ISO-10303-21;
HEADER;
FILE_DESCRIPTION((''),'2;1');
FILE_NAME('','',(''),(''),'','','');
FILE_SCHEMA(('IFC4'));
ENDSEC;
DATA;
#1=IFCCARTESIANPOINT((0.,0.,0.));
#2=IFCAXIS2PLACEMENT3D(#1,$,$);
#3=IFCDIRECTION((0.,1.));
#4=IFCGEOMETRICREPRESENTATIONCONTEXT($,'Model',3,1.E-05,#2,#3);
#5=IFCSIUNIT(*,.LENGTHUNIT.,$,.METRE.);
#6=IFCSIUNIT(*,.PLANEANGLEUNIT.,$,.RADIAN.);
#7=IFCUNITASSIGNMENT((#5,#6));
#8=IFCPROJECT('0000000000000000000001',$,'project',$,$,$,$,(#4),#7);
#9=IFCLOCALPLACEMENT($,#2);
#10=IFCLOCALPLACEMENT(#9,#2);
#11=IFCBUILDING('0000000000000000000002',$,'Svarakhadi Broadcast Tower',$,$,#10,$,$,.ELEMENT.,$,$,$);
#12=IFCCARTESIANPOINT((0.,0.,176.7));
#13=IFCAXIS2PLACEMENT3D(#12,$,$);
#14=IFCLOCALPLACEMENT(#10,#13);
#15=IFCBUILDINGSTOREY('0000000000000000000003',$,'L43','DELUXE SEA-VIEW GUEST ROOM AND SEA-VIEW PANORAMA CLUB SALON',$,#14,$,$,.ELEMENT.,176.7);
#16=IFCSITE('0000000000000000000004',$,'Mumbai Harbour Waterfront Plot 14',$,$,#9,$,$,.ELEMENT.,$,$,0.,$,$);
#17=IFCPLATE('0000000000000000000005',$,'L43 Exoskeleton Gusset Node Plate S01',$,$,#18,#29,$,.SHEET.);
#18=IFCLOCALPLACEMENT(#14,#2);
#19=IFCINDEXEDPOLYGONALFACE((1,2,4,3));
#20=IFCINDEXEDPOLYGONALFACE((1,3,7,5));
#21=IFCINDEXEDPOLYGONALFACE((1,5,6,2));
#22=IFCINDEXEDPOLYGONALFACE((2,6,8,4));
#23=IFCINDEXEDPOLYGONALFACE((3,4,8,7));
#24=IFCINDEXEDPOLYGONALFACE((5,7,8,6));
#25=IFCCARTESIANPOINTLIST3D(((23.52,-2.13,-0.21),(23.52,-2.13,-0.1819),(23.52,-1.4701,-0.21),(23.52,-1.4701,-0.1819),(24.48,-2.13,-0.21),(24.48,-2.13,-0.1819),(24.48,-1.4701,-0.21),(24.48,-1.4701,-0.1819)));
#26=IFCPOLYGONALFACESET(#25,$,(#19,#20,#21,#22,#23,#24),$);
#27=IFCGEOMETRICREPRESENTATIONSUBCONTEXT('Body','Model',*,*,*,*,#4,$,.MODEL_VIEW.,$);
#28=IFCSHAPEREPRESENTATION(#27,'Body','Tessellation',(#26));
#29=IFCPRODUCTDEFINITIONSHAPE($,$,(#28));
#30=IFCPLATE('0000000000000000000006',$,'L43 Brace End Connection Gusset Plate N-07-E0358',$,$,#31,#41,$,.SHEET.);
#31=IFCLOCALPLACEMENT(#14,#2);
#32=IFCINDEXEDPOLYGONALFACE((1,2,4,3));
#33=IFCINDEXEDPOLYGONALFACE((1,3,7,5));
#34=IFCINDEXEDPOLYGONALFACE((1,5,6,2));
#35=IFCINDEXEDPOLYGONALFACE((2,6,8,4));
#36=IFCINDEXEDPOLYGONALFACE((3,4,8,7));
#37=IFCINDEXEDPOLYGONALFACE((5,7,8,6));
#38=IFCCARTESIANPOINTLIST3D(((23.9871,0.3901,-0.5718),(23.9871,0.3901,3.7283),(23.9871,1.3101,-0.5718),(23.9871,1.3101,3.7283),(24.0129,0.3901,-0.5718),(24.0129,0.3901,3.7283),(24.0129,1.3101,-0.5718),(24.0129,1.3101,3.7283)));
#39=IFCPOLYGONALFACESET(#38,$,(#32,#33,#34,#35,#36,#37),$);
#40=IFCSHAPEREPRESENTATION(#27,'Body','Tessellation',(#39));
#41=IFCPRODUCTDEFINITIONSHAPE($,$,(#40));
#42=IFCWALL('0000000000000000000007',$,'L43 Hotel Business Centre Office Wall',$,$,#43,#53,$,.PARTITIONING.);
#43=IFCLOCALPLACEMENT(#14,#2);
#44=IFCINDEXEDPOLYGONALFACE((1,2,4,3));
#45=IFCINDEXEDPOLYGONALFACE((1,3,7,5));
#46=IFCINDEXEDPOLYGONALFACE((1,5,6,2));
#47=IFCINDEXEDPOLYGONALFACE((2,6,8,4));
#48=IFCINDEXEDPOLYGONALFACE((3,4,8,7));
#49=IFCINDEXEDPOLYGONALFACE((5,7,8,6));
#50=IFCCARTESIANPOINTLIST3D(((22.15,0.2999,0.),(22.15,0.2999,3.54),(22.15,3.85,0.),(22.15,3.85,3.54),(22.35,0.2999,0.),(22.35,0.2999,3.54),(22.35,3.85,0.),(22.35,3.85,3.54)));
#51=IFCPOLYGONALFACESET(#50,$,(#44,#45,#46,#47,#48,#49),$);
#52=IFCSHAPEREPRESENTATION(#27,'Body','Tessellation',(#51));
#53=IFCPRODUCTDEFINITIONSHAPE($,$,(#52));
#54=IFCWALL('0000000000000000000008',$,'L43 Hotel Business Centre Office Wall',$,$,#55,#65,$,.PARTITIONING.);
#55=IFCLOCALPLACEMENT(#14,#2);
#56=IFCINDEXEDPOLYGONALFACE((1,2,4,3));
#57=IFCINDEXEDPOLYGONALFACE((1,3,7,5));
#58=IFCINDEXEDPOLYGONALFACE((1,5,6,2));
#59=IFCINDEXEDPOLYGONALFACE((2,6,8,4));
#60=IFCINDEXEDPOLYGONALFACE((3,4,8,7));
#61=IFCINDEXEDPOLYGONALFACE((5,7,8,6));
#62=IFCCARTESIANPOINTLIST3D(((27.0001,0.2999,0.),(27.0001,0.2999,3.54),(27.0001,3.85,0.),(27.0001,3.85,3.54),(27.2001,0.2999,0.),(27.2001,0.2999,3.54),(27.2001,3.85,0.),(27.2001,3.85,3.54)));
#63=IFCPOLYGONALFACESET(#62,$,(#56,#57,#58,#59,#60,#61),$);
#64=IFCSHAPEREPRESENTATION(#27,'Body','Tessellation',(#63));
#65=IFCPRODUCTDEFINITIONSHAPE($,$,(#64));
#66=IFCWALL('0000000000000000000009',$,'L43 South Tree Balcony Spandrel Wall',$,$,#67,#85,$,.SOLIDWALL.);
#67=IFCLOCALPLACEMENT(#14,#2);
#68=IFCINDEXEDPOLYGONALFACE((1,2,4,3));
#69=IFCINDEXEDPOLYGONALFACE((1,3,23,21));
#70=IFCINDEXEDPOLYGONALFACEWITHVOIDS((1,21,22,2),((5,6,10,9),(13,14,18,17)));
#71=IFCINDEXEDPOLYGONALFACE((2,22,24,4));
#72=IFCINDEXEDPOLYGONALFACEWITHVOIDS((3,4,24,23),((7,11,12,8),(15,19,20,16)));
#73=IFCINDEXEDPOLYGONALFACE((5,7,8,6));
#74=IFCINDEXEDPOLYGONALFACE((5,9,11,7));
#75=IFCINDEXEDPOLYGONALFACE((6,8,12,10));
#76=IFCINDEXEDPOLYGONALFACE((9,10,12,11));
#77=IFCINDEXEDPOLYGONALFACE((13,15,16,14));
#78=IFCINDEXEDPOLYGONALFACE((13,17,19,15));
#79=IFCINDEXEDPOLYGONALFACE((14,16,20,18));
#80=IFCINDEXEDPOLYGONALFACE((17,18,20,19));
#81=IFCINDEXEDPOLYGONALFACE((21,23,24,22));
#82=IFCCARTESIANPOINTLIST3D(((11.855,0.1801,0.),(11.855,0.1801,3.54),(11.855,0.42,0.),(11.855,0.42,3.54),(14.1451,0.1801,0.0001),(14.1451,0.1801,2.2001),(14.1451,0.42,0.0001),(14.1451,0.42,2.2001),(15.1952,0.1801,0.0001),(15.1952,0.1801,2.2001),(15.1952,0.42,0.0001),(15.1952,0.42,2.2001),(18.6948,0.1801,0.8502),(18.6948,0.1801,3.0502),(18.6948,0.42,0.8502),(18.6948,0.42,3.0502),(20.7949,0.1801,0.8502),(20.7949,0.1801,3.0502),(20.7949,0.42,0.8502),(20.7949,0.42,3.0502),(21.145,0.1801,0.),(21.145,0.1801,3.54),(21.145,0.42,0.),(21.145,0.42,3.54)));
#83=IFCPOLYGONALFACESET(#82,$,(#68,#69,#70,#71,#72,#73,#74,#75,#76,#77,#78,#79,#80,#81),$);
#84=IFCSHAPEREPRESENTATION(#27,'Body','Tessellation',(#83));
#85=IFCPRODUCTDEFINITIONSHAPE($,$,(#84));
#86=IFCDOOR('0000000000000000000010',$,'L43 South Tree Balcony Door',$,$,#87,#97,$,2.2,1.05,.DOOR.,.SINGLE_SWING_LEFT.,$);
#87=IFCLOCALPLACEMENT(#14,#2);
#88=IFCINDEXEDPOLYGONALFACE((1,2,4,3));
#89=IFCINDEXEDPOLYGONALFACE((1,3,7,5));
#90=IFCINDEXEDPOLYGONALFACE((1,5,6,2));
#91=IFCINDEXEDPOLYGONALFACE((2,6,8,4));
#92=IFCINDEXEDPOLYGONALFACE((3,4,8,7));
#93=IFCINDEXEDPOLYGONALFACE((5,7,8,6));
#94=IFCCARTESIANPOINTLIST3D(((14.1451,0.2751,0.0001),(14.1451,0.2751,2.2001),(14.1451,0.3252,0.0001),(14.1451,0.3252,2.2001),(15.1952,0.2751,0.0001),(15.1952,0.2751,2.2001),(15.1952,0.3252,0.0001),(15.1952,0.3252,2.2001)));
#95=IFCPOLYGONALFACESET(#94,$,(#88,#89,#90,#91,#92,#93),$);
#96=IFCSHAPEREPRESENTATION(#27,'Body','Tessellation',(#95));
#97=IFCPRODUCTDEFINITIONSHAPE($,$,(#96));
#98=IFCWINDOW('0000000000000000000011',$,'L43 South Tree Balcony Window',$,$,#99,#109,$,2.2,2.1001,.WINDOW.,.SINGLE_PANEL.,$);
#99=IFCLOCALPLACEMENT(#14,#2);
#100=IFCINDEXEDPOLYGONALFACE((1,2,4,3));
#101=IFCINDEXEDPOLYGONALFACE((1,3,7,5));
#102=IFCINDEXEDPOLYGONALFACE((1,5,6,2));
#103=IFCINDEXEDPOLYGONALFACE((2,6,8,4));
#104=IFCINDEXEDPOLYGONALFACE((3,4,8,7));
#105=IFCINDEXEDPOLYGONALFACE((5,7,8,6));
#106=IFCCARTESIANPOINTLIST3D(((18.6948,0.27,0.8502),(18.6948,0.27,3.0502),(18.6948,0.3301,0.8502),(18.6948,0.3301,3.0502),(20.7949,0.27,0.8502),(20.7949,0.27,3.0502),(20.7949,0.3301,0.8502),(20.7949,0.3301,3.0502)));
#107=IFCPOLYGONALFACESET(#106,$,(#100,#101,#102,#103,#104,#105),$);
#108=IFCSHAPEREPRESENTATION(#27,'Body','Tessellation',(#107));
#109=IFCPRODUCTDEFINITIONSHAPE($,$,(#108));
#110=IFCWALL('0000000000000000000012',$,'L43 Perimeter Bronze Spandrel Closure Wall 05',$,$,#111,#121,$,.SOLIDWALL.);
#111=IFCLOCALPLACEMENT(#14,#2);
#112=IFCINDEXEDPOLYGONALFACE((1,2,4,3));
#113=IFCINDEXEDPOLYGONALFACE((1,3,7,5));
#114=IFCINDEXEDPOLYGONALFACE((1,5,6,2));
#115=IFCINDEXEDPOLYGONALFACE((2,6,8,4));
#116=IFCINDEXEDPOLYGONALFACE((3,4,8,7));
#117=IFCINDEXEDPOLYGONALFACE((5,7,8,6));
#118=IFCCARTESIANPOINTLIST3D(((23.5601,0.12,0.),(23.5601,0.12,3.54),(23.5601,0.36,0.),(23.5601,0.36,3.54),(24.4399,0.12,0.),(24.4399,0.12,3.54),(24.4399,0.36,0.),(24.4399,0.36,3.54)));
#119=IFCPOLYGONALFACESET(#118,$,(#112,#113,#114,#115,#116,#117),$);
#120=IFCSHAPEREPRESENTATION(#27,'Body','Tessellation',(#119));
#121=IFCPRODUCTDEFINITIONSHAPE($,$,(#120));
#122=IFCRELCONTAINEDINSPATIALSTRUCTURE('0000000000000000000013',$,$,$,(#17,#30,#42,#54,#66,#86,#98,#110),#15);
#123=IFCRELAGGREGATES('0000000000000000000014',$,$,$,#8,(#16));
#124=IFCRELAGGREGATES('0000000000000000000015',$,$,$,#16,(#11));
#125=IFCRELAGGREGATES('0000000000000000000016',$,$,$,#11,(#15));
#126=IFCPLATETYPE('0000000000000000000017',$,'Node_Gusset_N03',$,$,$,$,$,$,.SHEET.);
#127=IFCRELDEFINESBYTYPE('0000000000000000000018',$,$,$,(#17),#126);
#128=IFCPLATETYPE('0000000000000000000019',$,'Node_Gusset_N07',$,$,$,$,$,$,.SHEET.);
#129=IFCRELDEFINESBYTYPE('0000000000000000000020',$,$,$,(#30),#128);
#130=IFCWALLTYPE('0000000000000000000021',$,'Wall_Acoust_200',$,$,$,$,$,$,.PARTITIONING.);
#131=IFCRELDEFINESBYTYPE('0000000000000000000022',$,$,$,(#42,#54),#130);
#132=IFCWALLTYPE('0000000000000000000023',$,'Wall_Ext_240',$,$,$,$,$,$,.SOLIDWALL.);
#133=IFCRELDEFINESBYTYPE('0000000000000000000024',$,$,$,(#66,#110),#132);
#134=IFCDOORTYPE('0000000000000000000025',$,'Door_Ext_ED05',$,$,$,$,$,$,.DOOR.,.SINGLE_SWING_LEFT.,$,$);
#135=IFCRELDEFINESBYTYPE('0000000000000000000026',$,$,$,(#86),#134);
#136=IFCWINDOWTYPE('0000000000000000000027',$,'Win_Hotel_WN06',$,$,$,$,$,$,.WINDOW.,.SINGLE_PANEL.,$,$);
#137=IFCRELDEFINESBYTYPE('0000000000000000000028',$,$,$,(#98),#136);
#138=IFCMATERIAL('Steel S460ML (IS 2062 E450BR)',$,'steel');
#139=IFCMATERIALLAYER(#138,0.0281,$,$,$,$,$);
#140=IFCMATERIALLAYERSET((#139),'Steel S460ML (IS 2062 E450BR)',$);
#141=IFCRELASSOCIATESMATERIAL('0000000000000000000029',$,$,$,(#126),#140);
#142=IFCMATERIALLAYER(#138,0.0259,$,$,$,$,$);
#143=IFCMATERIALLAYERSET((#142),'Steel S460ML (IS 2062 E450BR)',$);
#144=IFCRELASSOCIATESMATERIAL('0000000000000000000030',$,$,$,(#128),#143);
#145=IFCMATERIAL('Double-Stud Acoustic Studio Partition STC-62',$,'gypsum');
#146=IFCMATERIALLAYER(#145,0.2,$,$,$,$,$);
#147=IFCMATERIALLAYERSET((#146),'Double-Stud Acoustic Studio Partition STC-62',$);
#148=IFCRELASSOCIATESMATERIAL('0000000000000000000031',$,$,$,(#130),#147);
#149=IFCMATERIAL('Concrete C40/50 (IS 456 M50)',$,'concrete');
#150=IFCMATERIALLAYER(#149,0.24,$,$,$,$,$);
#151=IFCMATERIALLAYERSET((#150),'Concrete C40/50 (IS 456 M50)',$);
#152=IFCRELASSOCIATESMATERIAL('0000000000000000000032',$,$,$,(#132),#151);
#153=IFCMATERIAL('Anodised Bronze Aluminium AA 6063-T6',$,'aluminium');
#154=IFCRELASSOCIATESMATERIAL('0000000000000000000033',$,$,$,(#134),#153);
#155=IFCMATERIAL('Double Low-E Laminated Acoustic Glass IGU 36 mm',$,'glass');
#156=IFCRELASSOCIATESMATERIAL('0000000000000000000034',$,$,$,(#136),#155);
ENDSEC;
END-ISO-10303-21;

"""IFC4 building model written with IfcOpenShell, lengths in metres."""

from ifc_helpers import new_model, si_unit, direction, frame, frame_2d, origin, origin_2d, place, context, subcontext, project, spatial, rectangle, extrude, material, layer, layer_set, type_object, element, fill, save


model = new_model("IFC4")

# Units and contexts
model_context = context("Model", 3, precision=1e-05, world=origin(), true_north=direction((0.0, 1.0)))
body_context = subcontext(model_context, "Body", "Model", "MODEL_VIEW")
ifc_project = project(units=[si_unit("LENGTHUNIT", "METRE"), si_unit("PLANEANGLEUNIT", "RADIAN")], contexts=[model_context])

# Site, building, storey
site_placement = place(None, origin())
site = spatial("IfcSite", under=ifc_project, at=site_placement, Name="Mumbai Harbour Waterfront Plot 14", CompositionType="ELEMENT", RefElevation=0.0)
building_placement = place(site_placement, origin())
building = spatial("IfcBuilding", under=site, at=building_placement, Name="Svarakhadi Broadcast Tower", CompositionType="ELEMENT")
storey_placement = place(building_placement, frame((0.0, 0.0, 176.7)))
storey = spatial("IfcBuildingStorey", under=building, at=storey_placement, Name="L43", Description="DELUXE SEA-VIEW GUEST ROOM AND SEA-VIEW PANORAMA CLUB SALON", CompositionType="ELEMENT", Elevation=176.7)

# Shared definitions
ifc_material_1 = material(Name="Anodised Bronze Aluminium AA 6063-T6", Category="aluminium")

# Shared definitions
ifc_material_2 = material(Name="Steel S460ML (IS 2062 E450BR)", Category="steel")

# Shared definitions
ifc_material_3 = material(Name="Double Low-E Laminated Acoustic Glass IGU 36 mm", Category="glass")

# Plates
ifc_layer_1 = layer(ifc_material_2, 0.0281)
ifc_layer_set_1 = layer_set([ifc_layer_1], Name="Steel S460ML (IS 2062 E450BR)")
plate_type_1 = type_object("IfcPlateType", Name="Node_Gusset_N03", PredefinedType="SHEET", material=ifc_layer_set_1)
plate_1_placement = place(storey_placement, frame((24.0, -1.8, -0.21), z_axis=(0.0, 0.0, 1.0), x_axis=(1.0, 0.0, 0.0)))
element("IfcPlate", 1, at=plate_1_placement, inside=storey, type_object=plate_type_1, Name="L43 Exoskeleton Gusset Node Plate S01", PredefinedType="SHEET", context=body_context, shape_type="SweptSolid", body=[
    extrude(rectangle(XDim=0.96, YDim=0.6599, at=origin_2d()), origin(), (0.0, 0.0, 1.0), 0.0281),
])
ifc_layer_2 = layer(ifc_material_2, 0.0259)
ifc_layer_set_2 = layer_set([ifc_layer_2], Name="Steel S460ML (IS 2062 E450BR)")
plate_type_2 = type_object("IfcPlateType", Name="Node_Gusset_N07", PredefinedType="SHEET", material=ifc_layer_set_2)
plate_2_placement = place(storey_placement, frame((24.0, 0.8501, -0.5718), z_axis=(0.0, 0.0, 1.0), x_axis=(0.0, 1.0, 0.0)))
element("IfcPlate", 2, at=plate_2_placement, inside=storey, type_object=plate_type_2, Name="L43 Brace End Connection Gusset Plate N-07-E0358", PredefinedType="SHEET", context=body_context, shape_type="SweptSolid", body=[
    extrude(rectangle(XDim=0.9199, YDim=0.0259, at=origin_2d()), origin(), (0.0, 0.0, 1.0), 4.3),
])

# Walls
ifc_material_4 = material(Name="Double-Stud Acoustic Studio Partition STC-62", Category="gypsum")
ifc_layer_3 = layer(ifc_material_4, 0.2)
ifc_layer_set_3 = layer_set([ifc_layer_3], Name="Double-Stud Acoustic Studio Partition STC-62")
wall_type_1 = type_object("IfcWallType", Name="Wall_Acoust_200", PredefinedType="PARTITIONING", material=ifc_layer_set_3)
for number, where, z_axis, x_axis, name in (
    (3, (22.25, 0.3, 0.0), (0.0, 0.0, 1.0), (0.0, 1.0, 0.0), "L43 Hotel Business Centre Office Wall"),
    (4, (27.1001, 0.3, 0.0), (0.0, 0.0, 1.0), (0.0, 1.0, 0.0), "L43 Hotel Business Centre Office Wall"),
):
    element("IfcWall", number, at=place(storey_placement, frame(where, z_axis=z_axis, x_axis=x_axis)), inside=storey, type_object=wall_type_1, Name=name, PredefinedType="PARTITIONING", context=body_context, shape_type="SweptSolid", body=[
        extrude(rectangle(XDim=3.55, YDim=0.2, at=frame_2d((1.7749, 0.0))), origin(), (0.0, 0.0, 1.0), 3.54),
    ])

# Wall, openings, door, window
ifc_material_5 = material(Name="Concrete C40/50 (IS 456 M50)", Category="concrete")
ifc_layer_4 = layer(ifc_material_5, 0.24)
ifc_layer_set_4 = layer_set([ifc_layer_4], Name="Concrete C40/50 (IS 456 M50)")
wall_type_2 = type_object("IfcWallType", Name="Wall_Ext_240", PredefinedType="SOLIDWALL", material=ifc_layer_set_4)
wall_1_placement = place(storey_placement, frame((21.145, 0.3, 0.0), z_axis=(0.0, 0.0, 1.0), x_axis=(-1.0, 0.0, 0.0)))
wall_1 = element("IfcWall", 5, at=wall_1_placement, inside=storey, type_object=wall_type_2, Name="L43 South Tree Balcony Spandrel Wall", PredefinedType="SOLIDWALL", context=body_context, shape_type="SweptSolid", body=[
    extrude(rectangle(XDim=9.29, YDim=0.24, at=frame_2d((4.645, 0.0))), origin(), (0.0, 0.0, 1.0), 3.54),
])
opening_1_placement = place(wall_1_placement, frame((5.95, 0.0, 0.0)))
opening_1 = element("IfcOpeningElement", 6, at=opening_1_placement, cuts=wall_1, PredefinedType="OPENING", context=body_context, shape_type="SweptSolid", body=[
    extrude(rectangle(XDim=1.05, YDim=2.2, at=frame_2d((0.5249, 1.1001))), frame((0.0, 0.1299, 0.0), z_axis=(0.0, -1.0, 0.0), x_axis=(1.0, 0.0, 0.0)), (0.0, 0.0, 1.0), 0.26),
])
opening_2_placement = place(wall_1_placement, frame((0.3501, 0.0, 0.8501)))
opening_2 = element("IfcOpeningElement", 7, at=opening_2_placement, cuts=wall_1, PredefinedType="OPENING", context=body_context, shape_type="SweptSolid", body=[
    extrude(rectangle(XDim=2.1001, YDim=2.2, at=frame_2d((1.05, 1.1001))), frame((0.0, 0.1299, 0.0), z_axis=(0.0, -1.0, 0.0), x_axis=(1.0, 0.0, 0.0)), (0.0, 0.0, 1.0), 0.26),
])
door_type = type_object("IfcDoorType", Name="Door_Ext_ED05", OperationType="SINGLE_SWING_LEFT", PredefinedType="DOOR", material=ifc_material_1)
door_placement = place(opening_1_placement, origin())
door = element("IfcDoor", 8, at=door_placement, inside=storey, type_object=door_type, Name="L43 South Tree Balcony Door", OperationType="SINGLE_SWING_LEFT", OverallHeight=2.2, OverallWidth=1.05, PredefinedType="DOOR", context=body_context, shape_type="SweptSolid", body=[
    extrude(rectangle(XDim=1.05, YDim=2.2, at=frame_2d((0.5249, 1.1001))), frame((0.0, 0.0249, 0.0), z_axis=(0.0, -1.0, 0.0), x_axis=(1.0, 0.0, 0.0)), (0.0, 0.0, 1.0), 0.05),
])
fill(opening_1, door)
window_type = type_object("IfcWindowType", Name="Win_Hotel_WN06", PartitioningType="SINGLE_PANEL", PredefinedType="WINDOW", material=ifc_material_3)
window_placement = place(opening_2_placement, origin())
window = element("IfcWindow", 9, at=window_placement, inside=storey, type_object=window_type, Name="L43 South Tree Balcony Window", OverallHeight=2.2, OverallWidth=2.1001, PartitioningType="SINGLE_PANEL", PredefinedType="WINDOW", context=body_context, shape_type="SweptSolid", body=[
    extrude(rectangle(XDim=2.1001, YDim=2.2, at=frame_2d((1.05, 1.1001))), frame((0.0, 0.03, 0.0), z_axis=(0.0, -1.0, 0.0), x_axis=(1.0, 0.0, 0.0)), (0.0, 0.0, 1.0), 0.0601),
])
fill(opening_2, window)

# Wall
wall_2_placement = place(storey_placement, frame((24.4399, 0.24, 0.0), z_axis=(0.0, 0.0, 1.0), x_axis=(-1.0, 0.0, 0.0)))
element("IfcWall", 10, at=wall_2_placement, inside=storey, type_object=wall_type_2, Name="L43 Perimeter Bronze Spandrel Closure Wall 05", PredefinedType="SOLIDWALL", context=body_context, shape_type="SweptSolid", body=[
    extrude(rectangle(XDim=0.8799, YDim=0.24, at=frame_2d((0.4399, 0.0))), origin(), (0.0, 0.0, 1.0), 3.54),
])

save(model, "model.ifc")
